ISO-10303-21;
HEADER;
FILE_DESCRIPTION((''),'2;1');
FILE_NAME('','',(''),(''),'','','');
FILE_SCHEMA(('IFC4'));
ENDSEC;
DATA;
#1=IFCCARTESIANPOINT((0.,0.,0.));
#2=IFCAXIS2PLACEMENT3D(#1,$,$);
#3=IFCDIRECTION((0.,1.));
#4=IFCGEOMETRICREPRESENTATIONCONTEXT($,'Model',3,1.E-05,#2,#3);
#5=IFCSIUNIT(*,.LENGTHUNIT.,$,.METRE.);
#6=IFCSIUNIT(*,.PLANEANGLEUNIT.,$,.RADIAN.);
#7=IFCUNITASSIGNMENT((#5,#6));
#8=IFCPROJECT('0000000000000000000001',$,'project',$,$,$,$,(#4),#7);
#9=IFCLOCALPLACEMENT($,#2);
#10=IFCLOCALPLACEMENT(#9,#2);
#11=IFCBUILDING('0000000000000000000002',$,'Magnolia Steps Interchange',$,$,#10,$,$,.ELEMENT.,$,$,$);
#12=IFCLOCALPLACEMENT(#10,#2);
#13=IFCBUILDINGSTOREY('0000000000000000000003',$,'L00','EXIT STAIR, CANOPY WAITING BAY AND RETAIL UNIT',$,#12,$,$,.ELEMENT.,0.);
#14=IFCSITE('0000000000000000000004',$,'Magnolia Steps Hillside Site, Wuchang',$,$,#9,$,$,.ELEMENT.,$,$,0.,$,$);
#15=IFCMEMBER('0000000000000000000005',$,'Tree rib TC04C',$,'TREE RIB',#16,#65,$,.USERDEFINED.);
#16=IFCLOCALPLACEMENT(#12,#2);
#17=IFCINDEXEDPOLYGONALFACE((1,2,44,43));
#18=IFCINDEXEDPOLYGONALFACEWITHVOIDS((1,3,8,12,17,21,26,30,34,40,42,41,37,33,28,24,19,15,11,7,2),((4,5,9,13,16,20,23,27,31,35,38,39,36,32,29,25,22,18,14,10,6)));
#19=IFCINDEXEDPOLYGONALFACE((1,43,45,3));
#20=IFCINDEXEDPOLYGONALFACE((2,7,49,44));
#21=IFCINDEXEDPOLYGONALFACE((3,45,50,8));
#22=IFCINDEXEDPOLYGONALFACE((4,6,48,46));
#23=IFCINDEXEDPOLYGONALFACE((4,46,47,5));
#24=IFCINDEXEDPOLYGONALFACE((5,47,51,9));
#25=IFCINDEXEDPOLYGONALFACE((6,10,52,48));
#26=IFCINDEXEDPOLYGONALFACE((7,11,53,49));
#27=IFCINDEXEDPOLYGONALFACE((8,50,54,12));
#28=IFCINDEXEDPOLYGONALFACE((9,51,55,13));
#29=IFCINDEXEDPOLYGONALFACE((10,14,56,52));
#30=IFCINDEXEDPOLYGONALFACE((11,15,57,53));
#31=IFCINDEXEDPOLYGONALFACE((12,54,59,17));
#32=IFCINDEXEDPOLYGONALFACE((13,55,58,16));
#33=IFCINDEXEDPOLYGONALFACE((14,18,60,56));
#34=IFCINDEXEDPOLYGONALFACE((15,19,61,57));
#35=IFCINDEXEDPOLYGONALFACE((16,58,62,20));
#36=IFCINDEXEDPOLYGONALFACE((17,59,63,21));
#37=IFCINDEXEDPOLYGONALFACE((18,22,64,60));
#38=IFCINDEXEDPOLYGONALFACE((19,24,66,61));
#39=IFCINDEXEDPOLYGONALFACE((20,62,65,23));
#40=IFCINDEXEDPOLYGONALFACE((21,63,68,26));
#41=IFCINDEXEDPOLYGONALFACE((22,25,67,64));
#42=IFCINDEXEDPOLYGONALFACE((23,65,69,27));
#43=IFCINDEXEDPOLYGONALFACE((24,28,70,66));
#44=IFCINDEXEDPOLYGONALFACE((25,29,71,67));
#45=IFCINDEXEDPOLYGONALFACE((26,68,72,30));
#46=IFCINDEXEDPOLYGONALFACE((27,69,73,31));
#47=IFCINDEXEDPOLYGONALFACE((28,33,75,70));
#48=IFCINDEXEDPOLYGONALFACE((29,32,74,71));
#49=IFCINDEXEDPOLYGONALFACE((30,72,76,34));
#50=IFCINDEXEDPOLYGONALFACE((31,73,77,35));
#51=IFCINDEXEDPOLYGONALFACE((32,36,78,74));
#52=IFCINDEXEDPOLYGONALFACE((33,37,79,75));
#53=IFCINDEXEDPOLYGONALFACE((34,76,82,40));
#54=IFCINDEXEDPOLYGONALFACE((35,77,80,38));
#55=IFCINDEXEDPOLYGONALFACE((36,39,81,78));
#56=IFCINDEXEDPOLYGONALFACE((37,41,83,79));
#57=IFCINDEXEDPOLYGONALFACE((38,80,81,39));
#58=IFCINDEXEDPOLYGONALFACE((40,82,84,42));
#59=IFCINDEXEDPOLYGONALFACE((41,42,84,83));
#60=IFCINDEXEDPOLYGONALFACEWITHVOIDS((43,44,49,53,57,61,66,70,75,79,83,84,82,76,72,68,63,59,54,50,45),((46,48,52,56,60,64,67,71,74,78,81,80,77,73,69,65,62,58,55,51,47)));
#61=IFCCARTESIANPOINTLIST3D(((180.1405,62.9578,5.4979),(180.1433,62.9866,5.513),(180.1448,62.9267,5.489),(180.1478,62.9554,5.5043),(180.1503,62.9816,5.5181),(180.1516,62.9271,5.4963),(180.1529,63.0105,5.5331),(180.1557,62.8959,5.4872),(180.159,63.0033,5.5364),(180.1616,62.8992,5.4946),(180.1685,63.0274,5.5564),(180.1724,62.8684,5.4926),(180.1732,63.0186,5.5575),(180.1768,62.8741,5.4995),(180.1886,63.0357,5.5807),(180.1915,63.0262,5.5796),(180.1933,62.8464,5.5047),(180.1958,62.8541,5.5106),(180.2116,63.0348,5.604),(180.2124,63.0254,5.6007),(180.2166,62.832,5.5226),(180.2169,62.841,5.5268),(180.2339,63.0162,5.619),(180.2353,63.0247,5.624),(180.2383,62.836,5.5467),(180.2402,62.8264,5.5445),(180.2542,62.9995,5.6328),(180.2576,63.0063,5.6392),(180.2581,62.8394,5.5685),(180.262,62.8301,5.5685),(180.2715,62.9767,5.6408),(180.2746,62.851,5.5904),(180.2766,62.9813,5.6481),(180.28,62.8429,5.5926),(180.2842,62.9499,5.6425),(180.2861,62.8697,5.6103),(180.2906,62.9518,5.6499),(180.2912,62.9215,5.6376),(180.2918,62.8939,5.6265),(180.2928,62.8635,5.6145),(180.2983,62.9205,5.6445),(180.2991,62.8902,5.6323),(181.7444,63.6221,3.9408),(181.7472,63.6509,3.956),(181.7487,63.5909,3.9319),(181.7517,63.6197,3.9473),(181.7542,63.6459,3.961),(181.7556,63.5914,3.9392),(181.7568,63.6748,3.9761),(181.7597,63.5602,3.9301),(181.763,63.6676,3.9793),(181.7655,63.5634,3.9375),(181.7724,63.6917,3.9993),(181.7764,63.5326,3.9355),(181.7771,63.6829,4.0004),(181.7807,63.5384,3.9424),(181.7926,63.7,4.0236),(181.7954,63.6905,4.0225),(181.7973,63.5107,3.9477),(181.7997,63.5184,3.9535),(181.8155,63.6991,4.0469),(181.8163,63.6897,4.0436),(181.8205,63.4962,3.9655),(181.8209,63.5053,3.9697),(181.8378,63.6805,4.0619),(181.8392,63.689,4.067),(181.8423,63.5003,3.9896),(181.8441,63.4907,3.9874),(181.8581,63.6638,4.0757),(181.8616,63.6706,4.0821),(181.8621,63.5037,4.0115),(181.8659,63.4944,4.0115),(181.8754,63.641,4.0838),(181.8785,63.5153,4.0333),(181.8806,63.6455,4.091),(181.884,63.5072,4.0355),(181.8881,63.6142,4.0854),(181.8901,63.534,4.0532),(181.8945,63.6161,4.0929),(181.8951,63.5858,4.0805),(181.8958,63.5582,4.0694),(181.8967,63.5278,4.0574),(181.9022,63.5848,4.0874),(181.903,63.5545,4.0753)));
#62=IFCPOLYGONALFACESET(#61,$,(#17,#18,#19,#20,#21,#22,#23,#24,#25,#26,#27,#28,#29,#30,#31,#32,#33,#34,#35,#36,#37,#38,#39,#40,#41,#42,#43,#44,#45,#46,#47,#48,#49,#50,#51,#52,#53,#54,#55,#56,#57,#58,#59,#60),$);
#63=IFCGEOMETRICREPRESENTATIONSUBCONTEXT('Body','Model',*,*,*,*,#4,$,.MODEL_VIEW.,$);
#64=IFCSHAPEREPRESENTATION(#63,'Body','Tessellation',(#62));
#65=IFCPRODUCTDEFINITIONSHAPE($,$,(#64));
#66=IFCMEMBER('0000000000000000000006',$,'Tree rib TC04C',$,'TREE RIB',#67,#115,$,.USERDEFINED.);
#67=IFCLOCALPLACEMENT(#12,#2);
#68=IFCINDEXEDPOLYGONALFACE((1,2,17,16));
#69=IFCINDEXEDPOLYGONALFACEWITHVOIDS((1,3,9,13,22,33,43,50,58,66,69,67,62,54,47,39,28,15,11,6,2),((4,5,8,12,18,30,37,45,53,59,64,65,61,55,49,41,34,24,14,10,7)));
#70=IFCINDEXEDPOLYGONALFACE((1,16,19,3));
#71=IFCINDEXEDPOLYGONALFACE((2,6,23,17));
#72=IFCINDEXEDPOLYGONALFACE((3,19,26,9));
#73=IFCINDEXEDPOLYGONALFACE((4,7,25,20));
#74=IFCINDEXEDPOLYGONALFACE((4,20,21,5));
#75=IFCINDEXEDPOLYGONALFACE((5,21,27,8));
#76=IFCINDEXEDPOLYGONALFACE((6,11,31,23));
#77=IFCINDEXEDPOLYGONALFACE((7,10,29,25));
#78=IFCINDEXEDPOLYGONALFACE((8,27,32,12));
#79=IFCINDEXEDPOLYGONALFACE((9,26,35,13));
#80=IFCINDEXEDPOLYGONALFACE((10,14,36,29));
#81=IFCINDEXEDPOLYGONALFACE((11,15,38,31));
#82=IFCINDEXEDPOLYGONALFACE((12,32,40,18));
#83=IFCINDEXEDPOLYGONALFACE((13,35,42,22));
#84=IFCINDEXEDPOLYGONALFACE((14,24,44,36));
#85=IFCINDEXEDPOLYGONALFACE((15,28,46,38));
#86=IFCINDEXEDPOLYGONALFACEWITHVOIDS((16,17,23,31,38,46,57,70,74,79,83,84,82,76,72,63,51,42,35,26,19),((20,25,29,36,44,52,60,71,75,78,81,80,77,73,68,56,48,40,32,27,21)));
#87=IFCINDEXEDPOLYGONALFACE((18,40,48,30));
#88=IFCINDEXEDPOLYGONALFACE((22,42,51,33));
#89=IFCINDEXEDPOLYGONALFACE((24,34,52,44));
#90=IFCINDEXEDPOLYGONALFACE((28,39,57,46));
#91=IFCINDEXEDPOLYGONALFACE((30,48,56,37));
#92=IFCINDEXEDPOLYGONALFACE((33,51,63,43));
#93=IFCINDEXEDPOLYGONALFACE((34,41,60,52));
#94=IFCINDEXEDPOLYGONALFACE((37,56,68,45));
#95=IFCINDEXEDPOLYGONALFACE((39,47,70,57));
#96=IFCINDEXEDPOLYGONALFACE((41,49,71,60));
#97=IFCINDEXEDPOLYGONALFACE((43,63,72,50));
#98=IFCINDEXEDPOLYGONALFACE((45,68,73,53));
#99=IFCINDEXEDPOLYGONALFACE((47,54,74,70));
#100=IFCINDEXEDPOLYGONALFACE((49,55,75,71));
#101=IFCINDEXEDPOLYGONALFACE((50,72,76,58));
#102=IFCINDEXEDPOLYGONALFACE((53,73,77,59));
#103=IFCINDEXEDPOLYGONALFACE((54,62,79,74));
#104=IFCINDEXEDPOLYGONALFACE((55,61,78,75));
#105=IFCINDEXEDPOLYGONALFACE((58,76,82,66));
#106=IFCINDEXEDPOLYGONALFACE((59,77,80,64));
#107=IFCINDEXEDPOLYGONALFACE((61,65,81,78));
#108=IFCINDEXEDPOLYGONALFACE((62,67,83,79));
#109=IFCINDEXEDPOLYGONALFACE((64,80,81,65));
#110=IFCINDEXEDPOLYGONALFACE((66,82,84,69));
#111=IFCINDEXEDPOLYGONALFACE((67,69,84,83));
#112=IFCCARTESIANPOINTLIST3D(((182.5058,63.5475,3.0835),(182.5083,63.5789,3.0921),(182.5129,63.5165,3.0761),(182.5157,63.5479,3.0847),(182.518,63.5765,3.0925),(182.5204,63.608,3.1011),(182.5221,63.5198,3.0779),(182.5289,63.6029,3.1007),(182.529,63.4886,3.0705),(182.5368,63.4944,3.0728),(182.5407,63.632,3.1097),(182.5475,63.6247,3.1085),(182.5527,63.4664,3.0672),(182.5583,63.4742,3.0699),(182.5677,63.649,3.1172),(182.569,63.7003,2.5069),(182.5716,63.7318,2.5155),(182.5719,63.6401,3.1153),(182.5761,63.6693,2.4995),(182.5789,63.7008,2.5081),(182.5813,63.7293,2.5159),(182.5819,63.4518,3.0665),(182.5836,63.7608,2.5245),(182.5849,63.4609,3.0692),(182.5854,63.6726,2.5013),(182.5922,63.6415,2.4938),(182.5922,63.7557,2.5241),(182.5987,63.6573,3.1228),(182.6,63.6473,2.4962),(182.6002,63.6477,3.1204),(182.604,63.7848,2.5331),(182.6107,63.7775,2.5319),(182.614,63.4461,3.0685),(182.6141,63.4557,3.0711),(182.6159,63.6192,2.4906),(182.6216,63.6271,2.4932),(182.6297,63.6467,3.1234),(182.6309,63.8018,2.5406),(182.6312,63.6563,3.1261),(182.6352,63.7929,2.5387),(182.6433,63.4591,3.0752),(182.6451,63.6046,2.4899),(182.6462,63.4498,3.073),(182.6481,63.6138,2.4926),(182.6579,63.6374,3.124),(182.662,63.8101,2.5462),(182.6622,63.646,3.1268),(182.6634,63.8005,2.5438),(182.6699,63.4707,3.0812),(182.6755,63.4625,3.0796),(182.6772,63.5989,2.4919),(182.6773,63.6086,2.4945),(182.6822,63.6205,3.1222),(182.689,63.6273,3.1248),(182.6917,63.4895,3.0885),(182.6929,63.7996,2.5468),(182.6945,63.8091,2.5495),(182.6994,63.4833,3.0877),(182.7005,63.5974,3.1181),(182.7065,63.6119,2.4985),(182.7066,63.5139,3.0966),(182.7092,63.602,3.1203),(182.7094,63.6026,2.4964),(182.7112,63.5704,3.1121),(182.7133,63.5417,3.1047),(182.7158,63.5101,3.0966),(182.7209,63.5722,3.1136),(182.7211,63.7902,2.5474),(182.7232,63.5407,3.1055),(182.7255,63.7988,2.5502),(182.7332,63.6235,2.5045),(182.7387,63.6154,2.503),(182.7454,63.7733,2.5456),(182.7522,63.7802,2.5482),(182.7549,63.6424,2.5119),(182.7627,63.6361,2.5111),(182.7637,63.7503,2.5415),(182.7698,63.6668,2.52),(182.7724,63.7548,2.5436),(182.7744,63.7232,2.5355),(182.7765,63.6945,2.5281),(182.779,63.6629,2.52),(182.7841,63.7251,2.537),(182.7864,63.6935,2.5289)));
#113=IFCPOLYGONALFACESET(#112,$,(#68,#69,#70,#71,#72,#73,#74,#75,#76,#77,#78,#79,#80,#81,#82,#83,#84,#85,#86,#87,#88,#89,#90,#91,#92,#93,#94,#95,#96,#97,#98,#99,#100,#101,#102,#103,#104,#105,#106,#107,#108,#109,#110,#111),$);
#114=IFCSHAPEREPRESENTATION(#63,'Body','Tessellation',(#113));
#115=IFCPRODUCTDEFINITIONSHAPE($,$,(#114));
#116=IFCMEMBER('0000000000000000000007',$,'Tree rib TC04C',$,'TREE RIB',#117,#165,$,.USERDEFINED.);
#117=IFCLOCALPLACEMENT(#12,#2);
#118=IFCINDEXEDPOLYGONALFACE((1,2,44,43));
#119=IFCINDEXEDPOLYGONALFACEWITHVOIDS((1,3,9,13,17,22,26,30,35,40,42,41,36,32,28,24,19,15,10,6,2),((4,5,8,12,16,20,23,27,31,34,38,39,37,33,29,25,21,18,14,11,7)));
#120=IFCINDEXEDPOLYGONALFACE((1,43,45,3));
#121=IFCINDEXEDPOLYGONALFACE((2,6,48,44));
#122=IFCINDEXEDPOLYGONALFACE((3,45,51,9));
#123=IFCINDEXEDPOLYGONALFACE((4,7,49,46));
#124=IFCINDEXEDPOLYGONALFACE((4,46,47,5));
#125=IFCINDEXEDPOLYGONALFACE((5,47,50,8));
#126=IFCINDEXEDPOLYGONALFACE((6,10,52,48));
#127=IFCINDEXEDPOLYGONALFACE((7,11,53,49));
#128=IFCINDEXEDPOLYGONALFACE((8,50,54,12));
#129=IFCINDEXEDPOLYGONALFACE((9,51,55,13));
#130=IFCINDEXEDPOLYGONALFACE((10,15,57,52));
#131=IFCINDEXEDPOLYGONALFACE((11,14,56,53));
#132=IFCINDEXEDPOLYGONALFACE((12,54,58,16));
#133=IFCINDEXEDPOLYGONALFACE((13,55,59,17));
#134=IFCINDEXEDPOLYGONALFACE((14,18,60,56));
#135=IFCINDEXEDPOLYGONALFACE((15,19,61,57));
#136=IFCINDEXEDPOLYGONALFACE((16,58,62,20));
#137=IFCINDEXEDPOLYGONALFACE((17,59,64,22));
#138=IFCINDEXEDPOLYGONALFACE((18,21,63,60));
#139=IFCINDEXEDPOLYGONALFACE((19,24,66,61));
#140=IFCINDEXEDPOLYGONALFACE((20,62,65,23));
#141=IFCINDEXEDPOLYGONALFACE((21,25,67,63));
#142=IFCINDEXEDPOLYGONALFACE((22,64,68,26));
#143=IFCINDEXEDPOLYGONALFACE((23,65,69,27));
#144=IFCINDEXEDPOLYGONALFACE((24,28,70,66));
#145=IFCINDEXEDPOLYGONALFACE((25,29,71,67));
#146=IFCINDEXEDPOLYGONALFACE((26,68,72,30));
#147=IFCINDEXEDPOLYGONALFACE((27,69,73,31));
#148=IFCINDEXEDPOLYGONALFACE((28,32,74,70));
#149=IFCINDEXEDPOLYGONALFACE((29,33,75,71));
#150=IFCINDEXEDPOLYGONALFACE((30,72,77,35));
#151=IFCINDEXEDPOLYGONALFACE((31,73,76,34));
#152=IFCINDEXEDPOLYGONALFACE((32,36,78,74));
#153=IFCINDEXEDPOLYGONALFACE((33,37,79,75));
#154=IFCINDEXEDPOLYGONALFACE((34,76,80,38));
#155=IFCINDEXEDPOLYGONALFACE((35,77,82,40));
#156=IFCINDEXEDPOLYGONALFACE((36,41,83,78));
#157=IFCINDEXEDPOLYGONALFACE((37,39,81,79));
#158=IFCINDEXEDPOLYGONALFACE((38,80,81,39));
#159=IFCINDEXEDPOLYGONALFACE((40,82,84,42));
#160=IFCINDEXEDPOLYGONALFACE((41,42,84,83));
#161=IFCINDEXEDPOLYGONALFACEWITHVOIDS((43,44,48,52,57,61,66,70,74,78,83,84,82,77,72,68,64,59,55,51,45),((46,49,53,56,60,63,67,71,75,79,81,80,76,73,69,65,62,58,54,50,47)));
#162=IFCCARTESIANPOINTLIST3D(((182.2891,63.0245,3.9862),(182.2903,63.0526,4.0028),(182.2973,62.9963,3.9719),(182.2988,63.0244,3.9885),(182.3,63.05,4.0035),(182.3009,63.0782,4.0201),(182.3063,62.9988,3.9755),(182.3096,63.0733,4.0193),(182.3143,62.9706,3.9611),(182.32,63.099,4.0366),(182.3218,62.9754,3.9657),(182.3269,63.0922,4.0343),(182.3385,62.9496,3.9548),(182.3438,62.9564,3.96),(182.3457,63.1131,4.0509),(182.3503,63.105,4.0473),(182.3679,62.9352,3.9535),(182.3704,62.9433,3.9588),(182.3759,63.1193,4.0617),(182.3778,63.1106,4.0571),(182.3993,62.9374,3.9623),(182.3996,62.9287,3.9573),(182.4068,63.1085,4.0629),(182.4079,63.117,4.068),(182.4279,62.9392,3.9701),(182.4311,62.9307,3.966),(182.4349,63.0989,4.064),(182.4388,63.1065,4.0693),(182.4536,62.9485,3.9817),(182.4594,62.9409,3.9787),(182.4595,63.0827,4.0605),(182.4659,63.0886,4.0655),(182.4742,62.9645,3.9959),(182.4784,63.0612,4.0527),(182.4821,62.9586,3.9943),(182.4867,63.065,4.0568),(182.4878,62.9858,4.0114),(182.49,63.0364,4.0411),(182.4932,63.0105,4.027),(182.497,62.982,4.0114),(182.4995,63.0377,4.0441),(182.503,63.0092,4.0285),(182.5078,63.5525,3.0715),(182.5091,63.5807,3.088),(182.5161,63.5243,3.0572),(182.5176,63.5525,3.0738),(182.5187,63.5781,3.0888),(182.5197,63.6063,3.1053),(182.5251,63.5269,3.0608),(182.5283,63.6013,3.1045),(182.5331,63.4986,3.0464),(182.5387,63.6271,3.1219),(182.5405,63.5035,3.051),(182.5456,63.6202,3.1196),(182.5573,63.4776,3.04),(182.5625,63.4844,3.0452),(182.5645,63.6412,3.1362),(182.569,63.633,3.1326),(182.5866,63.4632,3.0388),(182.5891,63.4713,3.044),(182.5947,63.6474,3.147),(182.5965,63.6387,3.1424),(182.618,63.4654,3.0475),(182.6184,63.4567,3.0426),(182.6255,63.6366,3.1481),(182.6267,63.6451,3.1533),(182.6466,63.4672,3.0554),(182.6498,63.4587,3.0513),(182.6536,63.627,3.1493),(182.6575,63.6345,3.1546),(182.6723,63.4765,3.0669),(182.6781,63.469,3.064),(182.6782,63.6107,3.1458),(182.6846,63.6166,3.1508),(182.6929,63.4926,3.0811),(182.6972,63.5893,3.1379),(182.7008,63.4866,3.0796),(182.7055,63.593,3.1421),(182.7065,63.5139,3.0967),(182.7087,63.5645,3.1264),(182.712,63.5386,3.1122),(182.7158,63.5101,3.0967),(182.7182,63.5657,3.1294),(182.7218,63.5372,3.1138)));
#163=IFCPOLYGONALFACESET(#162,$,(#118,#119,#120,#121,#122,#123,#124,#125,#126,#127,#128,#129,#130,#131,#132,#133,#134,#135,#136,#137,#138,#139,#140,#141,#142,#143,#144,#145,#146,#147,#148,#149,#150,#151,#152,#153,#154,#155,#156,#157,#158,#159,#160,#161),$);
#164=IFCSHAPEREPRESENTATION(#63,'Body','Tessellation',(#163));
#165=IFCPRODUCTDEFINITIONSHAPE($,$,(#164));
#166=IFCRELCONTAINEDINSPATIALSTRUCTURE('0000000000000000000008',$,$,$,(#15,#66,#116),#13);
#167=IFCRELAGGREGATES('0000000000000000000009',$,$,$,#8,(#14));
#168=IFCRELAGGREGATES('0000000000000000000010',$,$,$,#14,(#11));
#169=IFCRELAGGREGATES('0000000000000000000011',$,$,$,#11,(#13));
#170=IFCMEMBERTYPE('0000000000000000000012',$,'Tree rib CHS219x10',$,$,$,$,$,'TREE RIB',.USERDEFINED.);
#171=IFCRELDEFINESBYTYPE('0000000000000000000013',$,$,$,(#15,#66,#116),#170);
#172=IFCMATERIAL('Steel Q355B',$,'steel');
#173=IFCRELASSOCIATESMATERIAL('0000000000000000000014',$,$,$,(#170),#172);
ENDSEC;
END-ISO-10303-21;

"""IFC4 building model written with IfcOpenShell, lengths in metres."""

from ifc_helpers import new_model, si_unit, direction, frame, origin, origin_2d, place, context, subcontext, project, spatial, hollow_circle, extrude, material, material_profile, profile_set, type_object, element, save


model = new_model("IFC4")

# Units and contexts
model_context = context("Model", 3, precision=1e-05, world=origin(), true_north=direction((0.0, 1.0)))
body_context = subcontext(model_context, "Body", "Model", "MODEL_VIEW")
ifc_project = project(units=[si_unit("LENGTHUNIT", "METRE"), si_unit("PLANEANGLEUNIT", "RADIAN")], contexts=[model_context])

# Site, building, storey
site_placement = place(None, origin())
site = spatial("IfcSite", under=ifc_project, at=site_placement, Name="Magnolia Steps Hillside Site, Wuchang", CompositionType="ELEMENT", RefElevation=0.0)
building_placement = place(site_placement, origin())
building = spatial("IfcBuilding", under=site, at=building_placement, Name="Magnolia Steps Interchange", CompositionType="ELEMENT")
storey_placement = place(building_placement, origin())
storey = spatial("IfcBuildingStorey", under=building, at=storey_placement, Name="L00", Description="EXIT STAIR, CANOPY WAITING BAY AND RETAIL UNIT", CompositionType="ELEMENT", Elevation=0.0)

# Members
ifc_material_1 = material(Name="Steel Q355B", Category="steel")
ifc_material_profile_1 = material_profile(ifc_material_1, hollow_circle(Radius=0.1096, WallThickness=0.01, at=origin_2d()), Name="CHS219x10")
ifc_profile_set_1 = profile_set([ifc_material_profile_1], Name="Steel Q355B")
member_type = type_object("IfcMemberType", Name="Tree rib CHS219x10", ElementType="TREE RIB", PredefinedType="USERDEFINED", material=ifc_profile_set_1)
member_1_placement = place(storey_placement, frame((181.824, 63.5957, 4.0115), z_axis=(-0.687788, -0.284851, 0.667688), x_axis=(0.382637, -0.923899, 0.0)))
element("IfcMember", 1, at=member_1_placement, inside=storey, type_object=member_type, Name="Tree rib TC04C", ObjectType="TREE RIB", PredefinedType="USERDEFINED", context=body_context, shape_type="SweptSolid", body=[
    extrude(hollow_circle(Radius=0.1096, WallThickness=0.01, at=origin_2d()), origin(), (0.0, 0.0, 1.0), 2.332),
])
member_2_placement = place(storey_placement, frame((182.6777, 63.7048, 2.52), z_axis=(-0.105403, -0.254758, 0.961243), x_axis=(0.924035, -0.382308, 0.0)))
element("IfcMember", 2, at=member_2_placement, inside=storey, type_object=member_type, Name="Tree rib TC04C", ObjectType="TREE RIB", PredefinedType="USERDEFINED", context=body_context, shape_type="SweptSolid", body=[
    extrude(hollow_circle(Radius=0.1096, WallThickness=0.01, at=origin_2d()), origin(), (0.0, 0.0, 1.0), 0.5999),
])
member_3_placement = place(storey_placement, frame((182.6145, 63.552, 3.0967), z_axis=(-0.202793, -0.489555, 0.848063), x_axis=(0.923871, -0.382704, 0.0)))
element("IfcMember", 3, at=member_3_placement, inside=storey, type_object=member_type, Name="Tree rib TC04C", ObjectType="TREE RIB", PredefinedType="USERDEFINED", context=body_context, shape_type="SweptSolid", body=[
    extrude(hollow_circle(Radius=0.1096, WallThickness=0.01, at=origin_2d()), origin(), (0.0, 0.0, 1.0), 1.0786),
])

save(model, "model.ifc")
